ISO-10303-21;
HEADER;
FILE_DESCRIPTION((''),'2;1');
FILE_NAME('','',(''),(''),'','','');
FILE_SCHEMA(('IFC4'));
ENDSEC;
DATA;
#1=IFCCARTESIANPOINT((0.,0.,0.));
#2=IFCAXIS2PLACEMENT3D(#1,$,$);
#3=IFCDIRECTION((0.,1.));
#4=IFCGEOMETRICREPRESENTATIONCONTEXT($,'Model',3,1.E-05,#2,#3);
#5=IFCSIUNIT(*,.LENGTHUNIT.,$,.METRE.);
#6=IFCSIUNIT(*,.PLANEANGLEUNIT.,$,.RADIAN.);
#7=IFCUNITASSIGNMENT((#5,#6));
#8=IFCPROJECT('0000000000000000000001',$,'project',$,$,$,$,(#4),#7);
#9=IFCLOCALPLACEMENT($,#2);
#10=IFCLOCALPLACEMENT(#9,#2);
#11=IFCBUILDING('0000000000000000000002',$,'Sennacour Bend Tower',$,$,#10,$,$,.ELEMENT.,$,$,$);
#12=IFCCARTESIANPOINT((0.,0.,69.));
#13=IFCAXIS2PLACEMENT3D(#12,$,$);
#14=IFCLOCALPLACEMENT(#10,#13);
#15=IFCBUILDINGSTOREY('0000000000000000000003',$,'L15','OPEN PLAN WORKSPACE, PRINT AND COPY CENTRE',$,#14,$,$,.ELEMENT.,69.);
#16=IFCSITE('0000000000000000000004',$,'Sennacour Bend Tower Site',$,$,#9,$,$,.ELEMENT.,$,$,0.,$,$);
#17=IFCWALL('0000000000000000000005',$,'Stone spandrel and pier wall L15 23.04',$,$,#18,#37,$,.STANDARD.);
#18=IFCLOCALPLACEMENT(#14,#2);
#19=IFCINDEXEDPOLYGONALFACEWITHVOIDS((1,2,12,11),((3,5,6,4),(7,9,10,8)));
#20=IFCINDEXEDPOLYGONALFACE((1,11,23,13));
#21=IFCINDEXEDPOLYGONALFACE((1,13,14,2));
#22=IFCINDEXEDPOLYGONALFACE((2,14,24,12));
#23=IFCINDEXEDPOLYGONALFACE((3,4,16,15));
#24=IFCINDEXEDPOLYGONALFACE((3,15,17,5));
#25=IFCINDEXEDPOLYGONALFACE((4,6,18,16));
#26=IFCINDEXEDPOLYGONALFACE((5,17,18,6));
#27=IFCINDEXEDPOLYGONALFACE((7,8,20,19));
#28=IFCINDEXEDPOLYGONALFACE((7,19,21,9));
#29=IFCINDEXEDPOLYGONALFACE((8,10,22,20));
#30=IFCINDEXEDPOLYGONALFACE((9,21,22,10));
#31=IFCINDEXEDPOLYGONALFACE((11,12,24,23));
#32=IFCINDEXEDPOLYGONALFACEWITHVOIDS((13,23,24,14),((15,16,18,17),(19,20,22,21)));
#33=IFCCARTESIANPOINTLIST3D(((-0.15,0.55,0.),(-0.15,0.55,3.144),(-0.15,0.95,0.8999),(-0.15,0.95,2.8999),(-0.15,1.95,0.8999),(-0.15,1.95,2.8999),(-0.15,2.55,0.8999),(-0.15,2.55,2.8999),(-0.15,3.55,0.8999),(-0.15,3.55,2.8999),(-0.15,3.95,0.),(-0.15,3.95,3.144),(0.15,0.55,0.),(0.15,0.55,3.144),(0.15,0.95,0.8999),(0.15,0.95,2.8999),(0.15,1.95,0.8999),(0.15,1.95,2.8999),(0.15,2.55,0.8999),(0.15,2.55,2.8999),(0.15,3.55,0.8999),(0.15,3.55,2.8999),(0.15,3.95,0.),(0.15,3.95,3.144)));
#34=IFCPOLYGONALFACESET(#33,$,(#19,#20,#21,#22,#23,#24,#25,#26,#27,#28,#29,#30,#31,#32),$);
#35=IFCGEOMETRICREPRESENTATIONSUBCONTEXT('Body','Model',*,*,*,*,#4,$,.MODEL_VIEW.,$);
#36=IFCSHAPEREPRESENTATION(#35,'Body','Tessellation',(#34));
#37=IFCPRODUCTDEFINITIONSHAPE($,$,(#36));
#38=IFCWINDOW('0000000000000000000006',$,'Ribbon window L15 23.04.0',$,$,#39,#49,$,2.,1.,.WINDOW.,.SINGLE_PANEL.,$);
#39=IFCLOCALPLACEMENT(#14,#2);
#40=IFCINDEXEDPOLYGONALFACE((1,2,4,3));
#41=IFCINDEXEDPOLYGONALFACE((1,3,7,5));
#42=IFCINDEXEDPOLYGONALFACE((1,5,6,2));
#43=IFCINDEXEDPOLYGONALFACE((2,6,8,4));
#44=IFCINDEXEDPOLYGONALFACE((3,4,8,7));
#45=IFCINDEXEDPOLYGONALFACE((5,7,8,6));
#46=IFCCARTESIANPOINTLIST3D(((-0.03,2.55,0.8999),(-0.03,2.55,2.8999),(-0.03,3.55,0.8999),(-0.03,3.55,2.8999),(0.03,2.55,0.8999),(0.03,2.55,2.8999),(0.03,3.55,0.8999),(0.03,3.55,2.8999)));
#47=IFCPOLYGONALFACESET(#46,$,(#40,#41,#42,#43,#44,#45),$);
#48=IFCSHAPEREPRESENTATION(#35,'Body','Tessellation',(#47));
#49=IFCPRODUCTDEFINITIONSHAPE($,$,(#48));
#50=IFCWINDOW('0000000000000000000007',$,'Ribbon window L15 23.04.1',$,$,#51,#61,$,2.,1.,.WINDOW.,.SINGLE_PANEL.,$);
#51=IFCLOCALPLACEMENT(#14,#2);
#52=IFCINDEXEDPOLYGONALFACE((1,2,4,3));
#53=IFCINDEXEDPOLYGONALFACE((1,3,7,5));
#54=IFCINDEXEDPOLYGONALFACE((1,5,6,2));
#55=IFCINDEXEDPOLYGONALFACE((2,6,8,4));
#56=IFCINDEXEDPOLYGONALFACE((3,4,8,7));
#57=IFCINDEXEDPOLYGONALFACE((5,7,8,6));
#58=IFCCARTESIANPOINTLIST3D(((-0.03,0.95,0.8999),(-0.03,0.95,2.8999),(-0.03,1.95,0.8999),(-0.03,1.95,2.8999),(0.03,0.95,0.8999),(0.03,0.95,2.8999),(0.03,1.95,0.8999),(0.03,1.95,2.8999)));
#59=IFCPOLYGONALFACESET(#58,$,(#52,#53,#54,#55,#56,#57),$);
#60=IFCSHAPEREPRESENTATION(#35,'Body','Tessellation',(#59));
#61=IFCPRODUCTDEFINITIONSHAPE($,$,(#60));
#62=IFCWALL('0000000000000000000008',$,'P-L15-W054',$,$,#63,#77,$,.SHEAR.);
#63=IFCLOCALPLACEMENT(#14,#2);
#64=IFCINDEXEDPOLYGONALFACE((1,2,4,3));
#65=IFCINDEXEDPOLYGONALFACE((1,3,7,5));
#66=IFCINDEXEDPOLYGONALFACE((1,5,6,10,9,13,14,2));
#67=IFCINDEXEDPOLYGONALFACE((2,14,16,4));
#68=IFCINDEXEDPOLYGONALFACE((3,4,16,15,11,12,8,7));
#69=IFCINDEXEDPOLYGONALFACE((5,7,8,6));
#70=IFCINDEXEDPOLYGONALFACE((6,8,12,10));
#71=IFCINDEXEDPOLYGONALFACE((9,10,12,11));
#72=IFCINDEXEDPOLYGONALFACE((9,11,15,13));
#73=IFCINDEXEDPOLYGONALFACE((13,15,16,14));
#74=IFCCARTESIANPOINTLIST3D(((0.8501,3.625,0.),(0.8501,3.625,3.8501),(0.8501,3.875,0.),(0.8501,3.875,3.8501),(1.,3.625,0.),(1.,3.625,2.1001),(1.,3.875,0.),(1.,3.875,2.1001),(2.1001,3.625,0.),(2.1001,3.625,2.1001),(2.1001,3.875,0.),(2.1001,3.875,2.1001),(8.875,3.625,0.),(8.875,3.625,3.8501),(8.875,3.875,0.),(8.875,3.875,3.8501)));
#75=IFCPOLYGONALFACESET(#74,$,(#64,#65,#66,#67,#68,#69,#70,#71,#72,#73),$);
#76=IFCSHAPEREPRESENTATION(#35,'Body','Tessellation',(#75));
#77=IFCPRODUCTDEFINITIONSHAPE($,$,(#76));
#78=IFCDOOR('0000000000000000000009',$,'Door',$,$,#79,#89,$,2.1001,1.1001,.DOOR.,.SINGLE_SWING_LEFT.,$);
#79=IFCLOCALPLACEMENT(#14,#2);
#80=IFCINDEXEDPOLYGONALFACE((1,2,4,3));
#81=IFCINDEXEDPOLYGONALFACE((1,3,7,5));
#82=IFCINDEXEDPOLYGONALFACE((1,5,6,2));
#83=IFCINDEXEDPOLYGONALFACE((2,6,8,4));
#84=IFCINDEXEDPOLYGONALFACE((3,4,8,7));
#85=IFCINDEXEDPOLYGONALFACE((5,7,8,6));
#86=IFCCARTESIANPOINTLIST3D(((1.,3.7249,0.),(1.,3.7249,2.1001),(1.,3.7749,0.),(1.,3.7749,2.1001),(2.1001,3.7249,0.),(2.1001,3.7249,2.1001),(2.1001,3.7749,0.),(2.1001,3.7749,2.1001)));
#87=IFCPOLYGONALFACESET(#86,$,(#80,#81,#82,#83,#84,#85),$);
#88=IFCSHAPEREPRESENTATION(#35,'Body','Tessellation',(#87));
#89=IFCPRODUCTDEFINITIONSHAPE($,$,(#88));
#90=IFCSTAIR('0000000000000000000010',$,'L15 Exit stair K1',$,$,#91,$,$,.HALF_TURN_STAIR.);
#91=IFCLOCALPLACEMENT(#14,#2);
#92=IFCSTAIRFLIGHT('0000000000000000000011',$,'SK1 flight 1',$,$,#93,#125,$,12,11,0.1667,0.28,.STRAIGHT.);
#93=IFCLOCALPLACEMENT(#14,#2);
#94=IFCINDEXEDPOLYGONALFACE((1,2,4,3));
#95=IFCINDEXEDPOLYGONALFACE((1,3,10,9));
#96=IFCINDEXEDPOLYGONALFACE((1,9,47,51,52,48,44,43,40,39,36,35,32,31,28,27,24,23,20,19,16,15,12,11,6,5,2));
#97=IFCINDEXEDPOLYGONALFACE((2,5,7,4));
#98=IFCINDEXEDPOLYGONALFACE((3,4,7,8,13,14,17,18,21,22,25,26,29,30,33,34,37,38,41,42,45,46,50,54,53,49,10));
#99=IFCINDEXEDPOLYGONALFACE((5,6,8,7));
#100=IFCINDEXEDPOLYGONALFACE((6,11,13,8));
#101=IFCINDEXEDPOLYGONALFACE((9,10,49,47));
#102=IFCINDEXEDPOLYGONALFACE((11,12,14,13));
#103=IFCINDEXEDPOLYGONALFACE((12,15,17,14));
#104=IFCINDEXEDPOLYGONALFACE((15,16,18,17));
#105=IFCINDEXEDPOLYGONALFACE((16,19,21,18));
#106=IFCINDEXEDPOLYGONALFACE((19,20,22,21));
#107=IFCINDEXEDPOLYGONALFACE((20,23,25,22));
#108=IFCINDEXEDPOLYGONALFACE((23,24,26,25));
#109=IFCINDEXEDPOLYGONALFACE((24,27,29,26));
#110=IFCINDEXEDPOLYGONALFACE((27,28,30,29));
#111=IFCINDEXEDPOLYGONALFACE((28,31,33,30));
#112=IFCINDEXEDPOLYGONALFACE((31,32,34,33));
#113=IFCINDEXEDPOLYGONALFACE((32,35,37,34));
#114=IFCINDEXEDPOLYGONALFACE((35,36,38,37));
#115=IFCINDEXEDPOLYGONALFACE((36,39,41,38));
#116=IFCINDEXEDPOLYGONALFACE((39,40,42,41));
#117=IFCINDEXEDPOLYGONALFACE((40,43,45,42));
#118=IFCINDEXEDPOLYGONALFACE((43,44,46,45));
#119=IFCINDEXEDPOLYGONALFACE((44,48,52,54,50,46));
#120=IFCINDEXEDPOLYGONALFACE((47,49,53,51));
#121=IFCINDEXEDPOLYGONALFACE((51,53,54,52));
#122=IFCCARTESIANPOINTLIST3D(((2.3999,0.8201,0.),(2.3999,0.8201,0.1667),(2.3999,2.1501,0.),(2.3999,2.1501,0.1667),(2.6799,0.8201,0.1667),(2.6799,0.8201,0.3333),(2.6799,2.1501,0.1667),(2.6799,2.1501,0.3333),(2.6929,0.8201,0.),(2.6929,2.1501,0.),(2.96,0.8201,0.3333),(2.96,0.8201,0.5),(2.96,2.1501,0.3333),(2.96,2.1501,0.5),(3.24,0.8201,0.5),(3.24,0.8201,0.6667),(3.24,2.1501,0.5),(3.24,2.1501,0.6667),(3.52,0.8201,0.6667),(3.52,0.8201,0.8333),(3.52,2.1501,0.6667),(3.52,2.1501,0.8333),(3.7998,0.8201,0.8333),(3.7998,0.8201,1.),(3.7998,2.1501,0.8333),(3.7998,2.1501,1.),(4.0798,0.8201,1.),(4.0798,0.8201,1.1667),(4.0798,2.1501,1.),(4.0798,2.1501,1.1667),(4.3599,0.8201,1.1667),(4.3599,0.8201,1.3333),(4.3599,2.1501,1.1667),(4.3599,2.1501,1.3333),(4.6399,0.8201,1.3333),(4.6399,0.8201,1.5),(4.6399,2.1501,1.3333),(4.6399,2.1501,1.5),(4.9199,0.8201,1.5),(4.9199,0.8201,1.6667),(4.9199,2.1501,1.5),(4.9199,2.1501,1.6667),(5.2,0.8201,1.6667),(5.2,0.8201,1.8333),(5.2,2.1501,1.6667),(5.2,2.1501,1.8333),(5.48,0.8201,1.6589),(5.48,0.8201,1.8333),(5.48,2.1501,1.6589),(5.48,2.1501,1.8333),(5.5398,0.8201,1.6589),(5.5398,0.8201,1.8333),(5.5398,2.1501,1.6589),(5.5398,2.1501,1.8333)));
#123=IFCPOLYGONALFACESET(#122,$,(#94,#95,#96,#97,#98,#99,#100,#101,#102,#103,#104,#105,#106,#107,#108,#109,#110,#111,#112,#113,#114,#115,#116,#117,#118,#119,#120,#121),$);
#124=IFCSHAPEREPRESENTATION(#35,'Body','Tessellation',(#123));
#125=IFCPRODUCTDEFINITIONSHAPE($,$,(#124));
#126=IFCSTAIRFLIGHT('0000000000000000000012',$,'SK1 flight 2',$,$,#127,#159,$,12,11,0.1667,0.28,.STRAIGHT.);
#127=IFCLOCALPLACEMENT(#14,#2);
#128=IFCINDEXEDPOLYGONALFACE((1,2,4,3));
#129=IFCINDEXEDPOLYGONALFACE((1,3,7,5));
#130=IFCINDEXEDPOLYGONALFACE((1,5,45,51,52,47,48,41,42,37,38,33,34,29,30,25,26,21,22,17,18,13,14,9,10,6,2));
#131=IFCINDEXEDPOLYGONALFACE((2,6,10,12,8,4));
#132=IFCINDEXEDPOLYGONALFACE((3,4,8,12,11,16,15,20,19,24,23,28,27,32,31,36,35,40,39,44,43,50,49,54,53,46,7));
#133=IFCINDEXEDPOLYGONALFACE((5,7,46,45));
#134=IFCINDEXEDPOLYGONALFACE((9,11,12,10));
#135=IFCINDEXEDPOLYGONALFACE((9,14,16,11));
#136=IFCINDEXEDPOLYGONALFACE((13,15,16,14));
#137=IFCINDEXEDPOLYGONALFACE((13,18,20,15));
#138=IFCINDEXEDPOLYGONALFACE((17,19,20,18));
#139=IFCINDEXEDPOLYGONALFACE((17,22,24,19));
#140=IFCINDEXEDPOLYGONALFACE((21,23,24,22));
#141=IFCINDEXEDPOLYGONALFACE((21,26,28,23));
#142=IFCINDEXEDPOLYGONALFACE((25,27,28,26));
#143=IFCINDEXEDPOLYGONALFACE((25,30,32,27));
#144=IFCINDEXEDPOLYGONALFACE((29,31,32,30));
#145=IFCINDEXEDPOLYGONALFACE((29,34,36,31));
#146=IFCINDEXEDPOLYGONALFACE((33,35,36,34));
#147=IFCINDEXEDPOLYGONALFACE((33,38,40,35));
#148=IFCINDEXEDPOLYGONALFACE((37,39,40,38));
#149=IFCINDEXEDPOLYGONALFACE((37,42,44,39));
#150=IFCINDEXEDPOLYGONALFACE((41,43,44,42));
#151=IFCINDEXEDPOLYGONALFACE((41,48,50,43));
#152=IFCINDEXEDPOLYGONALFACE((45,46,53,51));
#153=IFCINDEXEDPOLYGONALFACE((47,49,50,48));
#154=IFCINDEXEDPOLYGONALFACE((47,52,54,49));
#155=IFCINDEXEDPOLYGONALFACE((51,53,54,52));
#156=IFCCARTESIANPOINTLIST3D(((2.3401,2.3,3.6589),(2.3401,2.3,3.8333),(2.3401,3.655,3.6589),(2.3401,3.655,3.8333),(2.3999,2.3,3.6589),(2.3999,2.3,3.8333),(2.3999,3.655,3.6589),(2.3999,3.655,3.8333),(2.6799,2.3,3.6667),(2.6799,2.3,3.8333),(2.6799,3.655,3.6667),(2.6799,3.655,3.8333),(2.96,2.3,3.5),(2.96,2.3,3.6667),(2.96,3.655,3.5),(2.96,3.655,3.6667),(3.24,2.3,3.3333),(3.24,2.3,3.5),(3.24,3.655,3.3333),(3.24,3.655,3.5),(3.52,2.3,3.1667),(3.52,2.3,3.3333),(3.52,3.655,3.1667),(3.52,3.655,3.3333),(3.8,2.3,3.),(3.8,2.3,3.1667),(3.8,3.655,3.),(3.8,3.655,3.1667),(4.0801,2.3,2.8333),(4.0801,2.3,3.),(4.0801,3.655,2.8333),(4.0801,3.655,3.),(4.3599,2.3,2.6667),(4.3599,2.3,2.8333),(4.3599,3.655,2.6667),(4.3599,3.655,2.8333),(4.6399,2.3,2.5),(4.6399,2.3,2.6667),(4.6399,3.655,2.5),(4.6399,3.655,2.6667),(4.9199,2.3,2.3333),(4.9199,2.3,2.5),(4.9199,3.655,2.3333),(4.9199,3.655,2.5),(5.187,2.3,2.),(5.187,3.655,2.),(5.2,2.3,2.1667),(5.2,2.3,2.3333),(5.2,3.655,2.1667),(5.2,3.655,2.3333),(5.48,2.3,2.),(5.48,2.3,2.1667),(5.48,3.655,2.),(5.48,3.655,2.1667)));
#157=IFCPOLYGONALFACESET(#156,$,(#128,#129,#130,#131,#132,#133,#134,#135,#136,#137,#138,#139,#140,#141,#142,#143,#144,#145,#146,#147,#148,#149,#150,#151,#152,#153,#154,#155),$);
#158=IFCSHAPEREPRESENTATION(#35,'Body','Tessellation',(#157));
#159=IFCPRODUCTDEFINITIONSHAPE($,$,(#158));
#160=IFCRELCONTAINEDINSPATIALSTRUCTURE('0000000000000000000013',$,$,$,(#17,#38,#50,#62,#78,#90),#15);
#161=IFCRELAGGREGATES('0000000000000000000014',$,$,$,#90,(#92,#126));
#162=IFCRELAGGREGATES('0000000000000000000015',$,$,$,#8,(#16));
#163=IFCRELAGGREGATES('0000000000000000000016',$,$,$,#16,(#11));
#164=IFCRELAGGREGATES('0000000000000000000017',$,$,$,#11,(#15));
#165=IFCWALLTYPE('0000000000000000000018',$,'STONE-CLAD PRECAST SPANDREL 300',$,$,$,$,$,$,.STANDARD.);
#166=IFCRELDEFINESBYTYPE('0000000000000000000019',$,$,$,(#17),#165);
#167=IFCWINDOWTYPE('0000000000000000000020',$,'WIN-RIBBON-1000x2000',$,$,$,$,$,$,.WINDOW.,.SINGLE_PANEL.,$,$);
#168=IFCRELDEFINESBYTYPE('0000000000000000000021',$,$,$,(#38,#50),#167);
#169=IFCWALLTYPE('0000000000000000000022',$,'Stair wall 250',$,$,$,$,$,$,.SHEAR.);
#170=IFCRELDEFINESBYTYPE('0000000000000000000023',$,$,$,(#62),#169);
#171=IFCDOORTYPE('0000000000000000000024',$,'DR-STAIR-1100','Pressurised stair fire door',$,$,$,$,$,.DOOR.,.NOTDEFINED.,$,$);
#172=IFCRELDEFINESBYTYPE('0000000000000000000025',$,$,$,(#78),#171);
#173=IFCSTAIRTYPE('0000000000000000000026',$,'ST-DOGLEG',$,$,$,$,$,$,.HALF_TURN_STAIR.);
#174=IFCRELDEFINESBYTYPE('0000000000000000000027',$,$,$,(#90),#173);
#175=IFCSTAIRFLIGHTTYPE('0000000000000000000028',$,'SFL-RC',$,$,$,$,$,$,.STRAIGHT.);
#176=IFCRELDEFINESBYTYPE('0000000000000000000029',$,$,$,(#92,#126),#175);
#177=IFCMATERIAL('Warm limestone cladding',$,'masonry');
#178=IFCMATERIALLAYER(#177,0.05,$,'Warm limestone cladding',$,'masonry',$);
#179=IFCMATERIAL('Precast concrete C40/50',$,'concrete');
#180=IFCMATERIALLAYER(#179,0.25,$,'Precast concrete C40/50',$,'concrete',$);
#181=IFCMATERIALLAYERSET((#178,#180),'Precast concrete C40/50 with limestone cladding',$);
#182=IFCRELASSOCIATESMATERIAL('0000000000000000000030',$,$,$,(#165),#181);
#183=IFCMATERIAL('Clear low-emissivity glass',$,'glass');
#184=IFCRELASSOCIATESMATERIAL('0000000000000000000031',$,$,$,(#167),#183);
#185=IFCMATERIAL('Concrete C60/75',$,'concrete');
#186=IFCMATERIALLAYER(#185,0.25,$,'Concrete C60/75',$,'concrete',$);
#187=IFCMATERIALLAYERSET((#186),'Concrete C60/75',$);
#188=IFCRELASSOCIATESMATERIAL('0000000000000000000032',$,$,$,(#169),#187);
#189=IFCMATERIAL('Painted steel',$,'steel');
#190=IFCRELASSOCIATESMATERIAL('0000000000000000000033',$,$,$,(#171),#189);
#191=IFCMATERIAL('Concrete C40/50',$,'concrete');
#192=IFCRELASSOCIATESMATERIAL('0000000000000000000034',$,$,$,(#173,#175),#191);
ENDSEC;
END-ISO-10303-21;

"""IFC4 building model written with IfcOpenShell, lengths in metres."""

from ifc_helpers import new_model, si_unit, direction, frame, frame_2d, origin, place, context, subcontext, project, spatial, polyline, rectangle, outline, extrude, material, layer, layer_set, type_object, element, fill, aggregate, save


model = new_model("IFC4")

# Units and contexts
model_context = context("Model", 3, precision=1e-05, world=origin(), true_north=direction((0.0, 1.0)))
body_context = subcontext(model_context, "Body", "Model", "MODEL_VIEW")
ifc_project = project(units=[si_unit("LENGTHUNIT", "METRE"), si_unit("PLANEANGLEUNIT", "RADIAN")], contexts=[model_context])

# Site, building, storey
site_placement = place(None, origin())
site = spatial("IfcSite", under=ifc_project, at=site_placement, Name="Sennacour Bend Tower Site", CompositionType="ELEMENT", RefElevation=0.0)
building_placement = place(site_placement, origin())
building = spatial("IfcBuilding", under=site, at=building_placement, Name="Sennacour Bend Tower", CompositionType="ELEMENT")
storey_placement = place(building_placement, frame((0.0, 0.0, 69.0)))
storey = spatial("IfcBuildingStorey", under=building, at=storey_placement, Name="L15", Description="OPEN PLAN WORKSPACE, PRINT AND COPY CENTRE", CompositionType="ELEMENT", Elevation=69.0)

# Wall, openings, windows
ifc_material_1 = material(Name="Warm limestone cladding", Category="masonry")
ifc_layer_1 = layer(ifc_material_1, 0.05, Name="Warm limestone cladding", Category="masonry")
ifc_material_2 = material(Name="Precast concrete C40/50", Category="concrete")
ifc_layer_2 = layer(ifc_material_2, 0.25, Name="Precast concrete C40/50", Category="concrete")
ifc_layer_set_1 = layer_set([ifc_layer_1, ifc_layer_2], Name="Precast concrete C40/50 with limestone cladding")
wall_type_1 = type_object("IfcWallType", Name="STONE-CLAD PRECAST SPANDREL 300", PredefinedType="STANDARD", material=ifc_layer_set_1)
ifc_material_3 = material(Name="Clear low-emissivity glass", Category="glass")
window_type = type_object("IfcWindowType", Name="WIN-RIBBON-1000x2000", PartitioningType="SINGLE_PANEL", PredefinedType="WINDOW", material=ifc_material_3)
wall_1_placement = place(storey_placement, frame((0.0, 3.95, 0.0), z_axis=(0.0, 0.0, 1.0), x_axis=(0.0, -1.0, 0.0)))
wall_1 = element("IfcWall", 1, at=wall_1_placement, inside=storey, type_object=wall_type_1, Name="Stone spandrel and pier wall L15 23.04", PredefinedType="STANDARD", context=body_context, shape_type="SweptSolid", body=[
    extrude(rectangle(XDim=3.3999, YDim=0.3, at=frame_2d((1.7, 0.0))), origin(), (0.0, 0.0, 1.0), 3.144),
])
opening_1_placement = place(wall_1_placement, frame((0.3999, 0.0, 0.8999)))
opening_1 = element("IfcOpeningElement", 2, at=opening_1_placement, cuts=wall_1, PredefinedType="OPENING", context=body_context, shape_type="SweptSolid", body=[
    extrude(rectangle(XDim=1.0, YDim=2.0, at=frame_2d((0.5, 1.0))), frame((0.0, 0.1602, 0.0), z_axis=(0.0, -1.0, 0.0), x_axis=(1.0, 0.0, 0.0)), (0.0, 0.0, 1.0), 0.3201),
])
opening_2_placement = place(wall_1_placement, frame((2.0, 0.0, 0.8999)))
opening_2 = element("IfcOpeningElement", 3, at=opening_2_placement, cuts=wall_1, PredefinedType="OPENING", context=body_context, shape_type="SweptSolid", body=[
    extrude(rectangle(XDim=1.0, YDim=2.0, at=frame_2d((0.5, 1.0))), frame((0.0, 0.1602, 0.0), z_axis=(0.0, -1.0, 0.0), x_axis=(1.0, 0.0, 0.0)), (0.0, 0.0, 1.0), 0.3201),
])
window_1_placement = place(opening_1_placement, origin())
window_1 = element("IfcWindow", 4, at=window_1_placement, inside=storey, type_object=window_type, Name="Ribbon window L15 23.04.0", OverallHeight=2.0, OverallWidth=1.0, PartitioningType="SINGLE_PANEL", PredefinedType="WINDOW", context=body_context, shape_type="SweptSolid", body=[
    extrude(rectangle(XDim=1.0, YDim=2.0, at=frame_2d((0.5, 1.0))), frame((0.0, 0.03, 0.0), z_axis=(0.0, -1.0, 0.0), x_axis=(1.0, 0.0, 0.0)), (0.0, 0.0, 1.0), 0.0601),
])
fill(opening_1, window_1)
window_2_placement = place(opening_2_placement, origin())
window_2 = element("IfcWindow", 5, at=window_2_placement, inside=storey, type_object=window_type, Name="Ribbon window L15 23.04.1", OverallHeight=2.0, OverallWidth=1.0, PartitioningType="SINGLE_PANEL", PredefinedType="WINDOW", context=body_context, shape_type="SweptSolid", body=[
    extrude(rectangle(XDim=1.0, YDim=2.0, at=frame_2d((0.5, 1.0))), frame((0.0, 0.03, 0.0), z_axis=(0.0, -1.0, 0.0), x_axis=(1.0, 0.0, 0.0)), (0.0, 0.0, 1.0), 0.0601),
])
fill(opening_2, window_2)

# Wall, opening, door
ifc_material_4 = material(Name="Concrete C60/75", Category="concrete")
ifc_layer_3 = layer(ifc_material_4, 0.25, Name="Concrete C60/75", Category="concrete")
ifc_layer_set_2 = layer_set([ifc_layer_3], Name="Concrete C60/75")
wall_type_2 = type_object("IfcWallType", Name="Stair wall 250", PredefinedType="SHEAR", material=ifc_layer_set_2)
wall_2_placement = place(storey_placement, frame((0.8501, 3.75, 0.0), z_axis=(0.0, 0.0, 1.0), x_axis=(1.0, 0.0, 0.0)))
wall_2 = element("IfcWall", 6, at=wall_2_placement, inside=storey, type_object=wall_type_2, Name="P-L15-W054", PredefinedType="SHEAR", context=body_context, shape_type="SweptSolid", body=[
    extrude(rectangle(XDim=8.0249, YDim=0.25, at=frame_2d((4.0125, 0.0))), origin(), (0.0, 0.0, 1.0), 3.8501),
])
opening_3_placement = place(wall_2_placement, frame((0.1499, 0.0, 0.0)))
opening_3 = element("IfcOpeningElement", 7, at=opening_3_placement, cuts=wall_2, PredefinedType="OPENING", context=body_context, shape_type="SweptSolid", body=[
    extrude(rectangle(XDim=1.1001, YDim=2.1001, at=frame_2d((0.55, 1.05))), frame((0.0, 0.135, 0.0), z_axis=(0.0, -1.0, 0.0), x_axis=(1.0, 0.0, 0.0)), (0.0, 0.0, 1.0), 0.27),
])
ifc_material_5 = material(Name="Painted steel", Category="steel")
door_type = type_object("IfcDoorType", Name="DR-STAIR-1100", Description="Pressurised stair fire door", OperationType="NOTDEFINED", PredefinedType="DOOR", material=ifc_material_5)
door_placement = place(opening_3_placement, origin())
door = element("IfcDoor", 8, at=door_placement, inside=storey, type_object=door_type, Name="Door", OperationType="SINGLE_SWING_LEFT", OverallHeight=2.1001, OverallWidth=1.1001, PredefinedType="DOOR", context=body_context, shape_type="SweptSolid", body=[
    extrude(rectangle(XDim=1.1001, YDim=2.1001, at=frame_2d((0.55, 1.05))), frame((0.0, 0.0249, 0.0), z_axis=(0.0, -1.0, 0.0), x_axis=(1.0, 0.0, 0.0)), (0.0, 0.0, 1.0), 0.05),
])
fill(opening_3, door)

# Stair, stair flights
ifc_material_6 = material(Name="Concrete C40/50", Category="concrete")
stair_type = type_object("IfcStairType", Name="ST-DOGLEG", PredefinedType="HALF_TURN_STAIR", material=ifc_material_6)
stair_placement = place(storey_placement, origin())
stair = element("IfcStair", 9, at=stair_placement, inside=storey, type_object=stair_type, Name="L15 Exit stair K1", PredefinedType="HALF_TURN_STAIR")
stair_flight_type = type_object("IfcStairFlightType", Name="SFL-RC", PredefinedType="STRAIGHT", material=ifc_material_6)
stair_flight_1_placement = place(storey_placement, frame((2.3999, 1.4851, 0.0), z_axis=(0.0, 0.0, 1.0), x_axis=(1.0, 0.0, 0.0)))
stair_flight_1 = element("IfcStairFlight", 10, at=stair_flight_1_placement, type_object=stair_flight_type, Name="SK1 flight 1", NumberOfRisers=12, NumberOfTreads=11, PredefinedType="STRAIGHT", RiserHeight=0.1667, TreadLength=0.28, context=body_context, shape_type="SweptSolid", body=[
    extrude(outline(polyline([(0.0, 0.0), (0.0, 0.1667), (0.28, 0.1667), (0.28, 0.3333), (0.5601, 0.3333), (0.5601, 0.5), (0.8401, 0.5), (0.8401, 0.6667), (1.1201, 0.6667), (1.1201, 0.8333), (1.3999, 0.8333), (1.3999, 1.0), (1.6799, 1.0), (1.6799, 1.1667), (1.96, 1.1667), (1.96, 1.3333), (2.24, 1.3333), (2.24, 1.5), (2.52, 1.5), (2.52, 1.6667), (2.8, 1.6667), (2.8, 1.8333), (3.0801, 1.8333), (3.1399, 1.8333), (3.1399, 1.6589), (3.0801, 1.6589), (0.293, 0.0), (0.0, 0.0)])), frame((0.0, 0.665, 0.0), z_axis=(0.0, -1.0, 0.0), x_axis=(1.0, 0.0, 0.0)), (0.0, 0.0, 1.0), 1.3301),
])
stair_flight_2_placement = place(storey_placement, frame((5.48, 2.9775, 2.0), z_axis=(0.0, 0.0, 1.0), x_axis=(-1.0, 0.0, 0.0)))
stair_flight_2 = element("IfcStairFlight", 11, at=stair_flight_2_placement, type_object=stair_flight_type, Name="SK1 flight 2", NumberOfRisers=12, NumberOfTreads=11, PredefinedType="STRAIGHT", RiserHeight=0.1667, TreadLength=0.28, context=body_context, shape_type="SweptSolid", body=[
    extrude(outline(polyline([(0.0, 0.0), (0.0, 0.1667), (0.28, 0.1667), (0.28, 0.3333), (0.5601, 0.3333), (0.5601, 0.5), (0.8401, 0.5), (0.8401, 0.6667), (1.1201, 0.6667), (1.1201, 0.8333), (1.3999, 0.8333), (1.3999, 1.0), (1.6799, 1.0), (1.6799, 1.1667), (1.96, 1.1667), (1.96, 1.3333), (2.24, 1.3333), (2.24, 1.5), (2.52, 1.5), (2.52, 1.6667), (2.8, 1.6667), (2.8, 1.8333), (3.0801, 1.8333), (3.1399, 1.8333), (3.1399, 1.6589), (3.0801, 1.6589), (0.293, 0.0), (0.0, 0.0)])), frame((0.0, 0.6775, 0.0), z_axis=(0.0, -1.0, 0.0), x_axis=(1.0, 0.0, 0.0)), (0.0, 0.0, 1.0), 1.355),
])
aggregate(stair, [stair_flight_1, stair_flight_2])

save(model, "model.ifc")
